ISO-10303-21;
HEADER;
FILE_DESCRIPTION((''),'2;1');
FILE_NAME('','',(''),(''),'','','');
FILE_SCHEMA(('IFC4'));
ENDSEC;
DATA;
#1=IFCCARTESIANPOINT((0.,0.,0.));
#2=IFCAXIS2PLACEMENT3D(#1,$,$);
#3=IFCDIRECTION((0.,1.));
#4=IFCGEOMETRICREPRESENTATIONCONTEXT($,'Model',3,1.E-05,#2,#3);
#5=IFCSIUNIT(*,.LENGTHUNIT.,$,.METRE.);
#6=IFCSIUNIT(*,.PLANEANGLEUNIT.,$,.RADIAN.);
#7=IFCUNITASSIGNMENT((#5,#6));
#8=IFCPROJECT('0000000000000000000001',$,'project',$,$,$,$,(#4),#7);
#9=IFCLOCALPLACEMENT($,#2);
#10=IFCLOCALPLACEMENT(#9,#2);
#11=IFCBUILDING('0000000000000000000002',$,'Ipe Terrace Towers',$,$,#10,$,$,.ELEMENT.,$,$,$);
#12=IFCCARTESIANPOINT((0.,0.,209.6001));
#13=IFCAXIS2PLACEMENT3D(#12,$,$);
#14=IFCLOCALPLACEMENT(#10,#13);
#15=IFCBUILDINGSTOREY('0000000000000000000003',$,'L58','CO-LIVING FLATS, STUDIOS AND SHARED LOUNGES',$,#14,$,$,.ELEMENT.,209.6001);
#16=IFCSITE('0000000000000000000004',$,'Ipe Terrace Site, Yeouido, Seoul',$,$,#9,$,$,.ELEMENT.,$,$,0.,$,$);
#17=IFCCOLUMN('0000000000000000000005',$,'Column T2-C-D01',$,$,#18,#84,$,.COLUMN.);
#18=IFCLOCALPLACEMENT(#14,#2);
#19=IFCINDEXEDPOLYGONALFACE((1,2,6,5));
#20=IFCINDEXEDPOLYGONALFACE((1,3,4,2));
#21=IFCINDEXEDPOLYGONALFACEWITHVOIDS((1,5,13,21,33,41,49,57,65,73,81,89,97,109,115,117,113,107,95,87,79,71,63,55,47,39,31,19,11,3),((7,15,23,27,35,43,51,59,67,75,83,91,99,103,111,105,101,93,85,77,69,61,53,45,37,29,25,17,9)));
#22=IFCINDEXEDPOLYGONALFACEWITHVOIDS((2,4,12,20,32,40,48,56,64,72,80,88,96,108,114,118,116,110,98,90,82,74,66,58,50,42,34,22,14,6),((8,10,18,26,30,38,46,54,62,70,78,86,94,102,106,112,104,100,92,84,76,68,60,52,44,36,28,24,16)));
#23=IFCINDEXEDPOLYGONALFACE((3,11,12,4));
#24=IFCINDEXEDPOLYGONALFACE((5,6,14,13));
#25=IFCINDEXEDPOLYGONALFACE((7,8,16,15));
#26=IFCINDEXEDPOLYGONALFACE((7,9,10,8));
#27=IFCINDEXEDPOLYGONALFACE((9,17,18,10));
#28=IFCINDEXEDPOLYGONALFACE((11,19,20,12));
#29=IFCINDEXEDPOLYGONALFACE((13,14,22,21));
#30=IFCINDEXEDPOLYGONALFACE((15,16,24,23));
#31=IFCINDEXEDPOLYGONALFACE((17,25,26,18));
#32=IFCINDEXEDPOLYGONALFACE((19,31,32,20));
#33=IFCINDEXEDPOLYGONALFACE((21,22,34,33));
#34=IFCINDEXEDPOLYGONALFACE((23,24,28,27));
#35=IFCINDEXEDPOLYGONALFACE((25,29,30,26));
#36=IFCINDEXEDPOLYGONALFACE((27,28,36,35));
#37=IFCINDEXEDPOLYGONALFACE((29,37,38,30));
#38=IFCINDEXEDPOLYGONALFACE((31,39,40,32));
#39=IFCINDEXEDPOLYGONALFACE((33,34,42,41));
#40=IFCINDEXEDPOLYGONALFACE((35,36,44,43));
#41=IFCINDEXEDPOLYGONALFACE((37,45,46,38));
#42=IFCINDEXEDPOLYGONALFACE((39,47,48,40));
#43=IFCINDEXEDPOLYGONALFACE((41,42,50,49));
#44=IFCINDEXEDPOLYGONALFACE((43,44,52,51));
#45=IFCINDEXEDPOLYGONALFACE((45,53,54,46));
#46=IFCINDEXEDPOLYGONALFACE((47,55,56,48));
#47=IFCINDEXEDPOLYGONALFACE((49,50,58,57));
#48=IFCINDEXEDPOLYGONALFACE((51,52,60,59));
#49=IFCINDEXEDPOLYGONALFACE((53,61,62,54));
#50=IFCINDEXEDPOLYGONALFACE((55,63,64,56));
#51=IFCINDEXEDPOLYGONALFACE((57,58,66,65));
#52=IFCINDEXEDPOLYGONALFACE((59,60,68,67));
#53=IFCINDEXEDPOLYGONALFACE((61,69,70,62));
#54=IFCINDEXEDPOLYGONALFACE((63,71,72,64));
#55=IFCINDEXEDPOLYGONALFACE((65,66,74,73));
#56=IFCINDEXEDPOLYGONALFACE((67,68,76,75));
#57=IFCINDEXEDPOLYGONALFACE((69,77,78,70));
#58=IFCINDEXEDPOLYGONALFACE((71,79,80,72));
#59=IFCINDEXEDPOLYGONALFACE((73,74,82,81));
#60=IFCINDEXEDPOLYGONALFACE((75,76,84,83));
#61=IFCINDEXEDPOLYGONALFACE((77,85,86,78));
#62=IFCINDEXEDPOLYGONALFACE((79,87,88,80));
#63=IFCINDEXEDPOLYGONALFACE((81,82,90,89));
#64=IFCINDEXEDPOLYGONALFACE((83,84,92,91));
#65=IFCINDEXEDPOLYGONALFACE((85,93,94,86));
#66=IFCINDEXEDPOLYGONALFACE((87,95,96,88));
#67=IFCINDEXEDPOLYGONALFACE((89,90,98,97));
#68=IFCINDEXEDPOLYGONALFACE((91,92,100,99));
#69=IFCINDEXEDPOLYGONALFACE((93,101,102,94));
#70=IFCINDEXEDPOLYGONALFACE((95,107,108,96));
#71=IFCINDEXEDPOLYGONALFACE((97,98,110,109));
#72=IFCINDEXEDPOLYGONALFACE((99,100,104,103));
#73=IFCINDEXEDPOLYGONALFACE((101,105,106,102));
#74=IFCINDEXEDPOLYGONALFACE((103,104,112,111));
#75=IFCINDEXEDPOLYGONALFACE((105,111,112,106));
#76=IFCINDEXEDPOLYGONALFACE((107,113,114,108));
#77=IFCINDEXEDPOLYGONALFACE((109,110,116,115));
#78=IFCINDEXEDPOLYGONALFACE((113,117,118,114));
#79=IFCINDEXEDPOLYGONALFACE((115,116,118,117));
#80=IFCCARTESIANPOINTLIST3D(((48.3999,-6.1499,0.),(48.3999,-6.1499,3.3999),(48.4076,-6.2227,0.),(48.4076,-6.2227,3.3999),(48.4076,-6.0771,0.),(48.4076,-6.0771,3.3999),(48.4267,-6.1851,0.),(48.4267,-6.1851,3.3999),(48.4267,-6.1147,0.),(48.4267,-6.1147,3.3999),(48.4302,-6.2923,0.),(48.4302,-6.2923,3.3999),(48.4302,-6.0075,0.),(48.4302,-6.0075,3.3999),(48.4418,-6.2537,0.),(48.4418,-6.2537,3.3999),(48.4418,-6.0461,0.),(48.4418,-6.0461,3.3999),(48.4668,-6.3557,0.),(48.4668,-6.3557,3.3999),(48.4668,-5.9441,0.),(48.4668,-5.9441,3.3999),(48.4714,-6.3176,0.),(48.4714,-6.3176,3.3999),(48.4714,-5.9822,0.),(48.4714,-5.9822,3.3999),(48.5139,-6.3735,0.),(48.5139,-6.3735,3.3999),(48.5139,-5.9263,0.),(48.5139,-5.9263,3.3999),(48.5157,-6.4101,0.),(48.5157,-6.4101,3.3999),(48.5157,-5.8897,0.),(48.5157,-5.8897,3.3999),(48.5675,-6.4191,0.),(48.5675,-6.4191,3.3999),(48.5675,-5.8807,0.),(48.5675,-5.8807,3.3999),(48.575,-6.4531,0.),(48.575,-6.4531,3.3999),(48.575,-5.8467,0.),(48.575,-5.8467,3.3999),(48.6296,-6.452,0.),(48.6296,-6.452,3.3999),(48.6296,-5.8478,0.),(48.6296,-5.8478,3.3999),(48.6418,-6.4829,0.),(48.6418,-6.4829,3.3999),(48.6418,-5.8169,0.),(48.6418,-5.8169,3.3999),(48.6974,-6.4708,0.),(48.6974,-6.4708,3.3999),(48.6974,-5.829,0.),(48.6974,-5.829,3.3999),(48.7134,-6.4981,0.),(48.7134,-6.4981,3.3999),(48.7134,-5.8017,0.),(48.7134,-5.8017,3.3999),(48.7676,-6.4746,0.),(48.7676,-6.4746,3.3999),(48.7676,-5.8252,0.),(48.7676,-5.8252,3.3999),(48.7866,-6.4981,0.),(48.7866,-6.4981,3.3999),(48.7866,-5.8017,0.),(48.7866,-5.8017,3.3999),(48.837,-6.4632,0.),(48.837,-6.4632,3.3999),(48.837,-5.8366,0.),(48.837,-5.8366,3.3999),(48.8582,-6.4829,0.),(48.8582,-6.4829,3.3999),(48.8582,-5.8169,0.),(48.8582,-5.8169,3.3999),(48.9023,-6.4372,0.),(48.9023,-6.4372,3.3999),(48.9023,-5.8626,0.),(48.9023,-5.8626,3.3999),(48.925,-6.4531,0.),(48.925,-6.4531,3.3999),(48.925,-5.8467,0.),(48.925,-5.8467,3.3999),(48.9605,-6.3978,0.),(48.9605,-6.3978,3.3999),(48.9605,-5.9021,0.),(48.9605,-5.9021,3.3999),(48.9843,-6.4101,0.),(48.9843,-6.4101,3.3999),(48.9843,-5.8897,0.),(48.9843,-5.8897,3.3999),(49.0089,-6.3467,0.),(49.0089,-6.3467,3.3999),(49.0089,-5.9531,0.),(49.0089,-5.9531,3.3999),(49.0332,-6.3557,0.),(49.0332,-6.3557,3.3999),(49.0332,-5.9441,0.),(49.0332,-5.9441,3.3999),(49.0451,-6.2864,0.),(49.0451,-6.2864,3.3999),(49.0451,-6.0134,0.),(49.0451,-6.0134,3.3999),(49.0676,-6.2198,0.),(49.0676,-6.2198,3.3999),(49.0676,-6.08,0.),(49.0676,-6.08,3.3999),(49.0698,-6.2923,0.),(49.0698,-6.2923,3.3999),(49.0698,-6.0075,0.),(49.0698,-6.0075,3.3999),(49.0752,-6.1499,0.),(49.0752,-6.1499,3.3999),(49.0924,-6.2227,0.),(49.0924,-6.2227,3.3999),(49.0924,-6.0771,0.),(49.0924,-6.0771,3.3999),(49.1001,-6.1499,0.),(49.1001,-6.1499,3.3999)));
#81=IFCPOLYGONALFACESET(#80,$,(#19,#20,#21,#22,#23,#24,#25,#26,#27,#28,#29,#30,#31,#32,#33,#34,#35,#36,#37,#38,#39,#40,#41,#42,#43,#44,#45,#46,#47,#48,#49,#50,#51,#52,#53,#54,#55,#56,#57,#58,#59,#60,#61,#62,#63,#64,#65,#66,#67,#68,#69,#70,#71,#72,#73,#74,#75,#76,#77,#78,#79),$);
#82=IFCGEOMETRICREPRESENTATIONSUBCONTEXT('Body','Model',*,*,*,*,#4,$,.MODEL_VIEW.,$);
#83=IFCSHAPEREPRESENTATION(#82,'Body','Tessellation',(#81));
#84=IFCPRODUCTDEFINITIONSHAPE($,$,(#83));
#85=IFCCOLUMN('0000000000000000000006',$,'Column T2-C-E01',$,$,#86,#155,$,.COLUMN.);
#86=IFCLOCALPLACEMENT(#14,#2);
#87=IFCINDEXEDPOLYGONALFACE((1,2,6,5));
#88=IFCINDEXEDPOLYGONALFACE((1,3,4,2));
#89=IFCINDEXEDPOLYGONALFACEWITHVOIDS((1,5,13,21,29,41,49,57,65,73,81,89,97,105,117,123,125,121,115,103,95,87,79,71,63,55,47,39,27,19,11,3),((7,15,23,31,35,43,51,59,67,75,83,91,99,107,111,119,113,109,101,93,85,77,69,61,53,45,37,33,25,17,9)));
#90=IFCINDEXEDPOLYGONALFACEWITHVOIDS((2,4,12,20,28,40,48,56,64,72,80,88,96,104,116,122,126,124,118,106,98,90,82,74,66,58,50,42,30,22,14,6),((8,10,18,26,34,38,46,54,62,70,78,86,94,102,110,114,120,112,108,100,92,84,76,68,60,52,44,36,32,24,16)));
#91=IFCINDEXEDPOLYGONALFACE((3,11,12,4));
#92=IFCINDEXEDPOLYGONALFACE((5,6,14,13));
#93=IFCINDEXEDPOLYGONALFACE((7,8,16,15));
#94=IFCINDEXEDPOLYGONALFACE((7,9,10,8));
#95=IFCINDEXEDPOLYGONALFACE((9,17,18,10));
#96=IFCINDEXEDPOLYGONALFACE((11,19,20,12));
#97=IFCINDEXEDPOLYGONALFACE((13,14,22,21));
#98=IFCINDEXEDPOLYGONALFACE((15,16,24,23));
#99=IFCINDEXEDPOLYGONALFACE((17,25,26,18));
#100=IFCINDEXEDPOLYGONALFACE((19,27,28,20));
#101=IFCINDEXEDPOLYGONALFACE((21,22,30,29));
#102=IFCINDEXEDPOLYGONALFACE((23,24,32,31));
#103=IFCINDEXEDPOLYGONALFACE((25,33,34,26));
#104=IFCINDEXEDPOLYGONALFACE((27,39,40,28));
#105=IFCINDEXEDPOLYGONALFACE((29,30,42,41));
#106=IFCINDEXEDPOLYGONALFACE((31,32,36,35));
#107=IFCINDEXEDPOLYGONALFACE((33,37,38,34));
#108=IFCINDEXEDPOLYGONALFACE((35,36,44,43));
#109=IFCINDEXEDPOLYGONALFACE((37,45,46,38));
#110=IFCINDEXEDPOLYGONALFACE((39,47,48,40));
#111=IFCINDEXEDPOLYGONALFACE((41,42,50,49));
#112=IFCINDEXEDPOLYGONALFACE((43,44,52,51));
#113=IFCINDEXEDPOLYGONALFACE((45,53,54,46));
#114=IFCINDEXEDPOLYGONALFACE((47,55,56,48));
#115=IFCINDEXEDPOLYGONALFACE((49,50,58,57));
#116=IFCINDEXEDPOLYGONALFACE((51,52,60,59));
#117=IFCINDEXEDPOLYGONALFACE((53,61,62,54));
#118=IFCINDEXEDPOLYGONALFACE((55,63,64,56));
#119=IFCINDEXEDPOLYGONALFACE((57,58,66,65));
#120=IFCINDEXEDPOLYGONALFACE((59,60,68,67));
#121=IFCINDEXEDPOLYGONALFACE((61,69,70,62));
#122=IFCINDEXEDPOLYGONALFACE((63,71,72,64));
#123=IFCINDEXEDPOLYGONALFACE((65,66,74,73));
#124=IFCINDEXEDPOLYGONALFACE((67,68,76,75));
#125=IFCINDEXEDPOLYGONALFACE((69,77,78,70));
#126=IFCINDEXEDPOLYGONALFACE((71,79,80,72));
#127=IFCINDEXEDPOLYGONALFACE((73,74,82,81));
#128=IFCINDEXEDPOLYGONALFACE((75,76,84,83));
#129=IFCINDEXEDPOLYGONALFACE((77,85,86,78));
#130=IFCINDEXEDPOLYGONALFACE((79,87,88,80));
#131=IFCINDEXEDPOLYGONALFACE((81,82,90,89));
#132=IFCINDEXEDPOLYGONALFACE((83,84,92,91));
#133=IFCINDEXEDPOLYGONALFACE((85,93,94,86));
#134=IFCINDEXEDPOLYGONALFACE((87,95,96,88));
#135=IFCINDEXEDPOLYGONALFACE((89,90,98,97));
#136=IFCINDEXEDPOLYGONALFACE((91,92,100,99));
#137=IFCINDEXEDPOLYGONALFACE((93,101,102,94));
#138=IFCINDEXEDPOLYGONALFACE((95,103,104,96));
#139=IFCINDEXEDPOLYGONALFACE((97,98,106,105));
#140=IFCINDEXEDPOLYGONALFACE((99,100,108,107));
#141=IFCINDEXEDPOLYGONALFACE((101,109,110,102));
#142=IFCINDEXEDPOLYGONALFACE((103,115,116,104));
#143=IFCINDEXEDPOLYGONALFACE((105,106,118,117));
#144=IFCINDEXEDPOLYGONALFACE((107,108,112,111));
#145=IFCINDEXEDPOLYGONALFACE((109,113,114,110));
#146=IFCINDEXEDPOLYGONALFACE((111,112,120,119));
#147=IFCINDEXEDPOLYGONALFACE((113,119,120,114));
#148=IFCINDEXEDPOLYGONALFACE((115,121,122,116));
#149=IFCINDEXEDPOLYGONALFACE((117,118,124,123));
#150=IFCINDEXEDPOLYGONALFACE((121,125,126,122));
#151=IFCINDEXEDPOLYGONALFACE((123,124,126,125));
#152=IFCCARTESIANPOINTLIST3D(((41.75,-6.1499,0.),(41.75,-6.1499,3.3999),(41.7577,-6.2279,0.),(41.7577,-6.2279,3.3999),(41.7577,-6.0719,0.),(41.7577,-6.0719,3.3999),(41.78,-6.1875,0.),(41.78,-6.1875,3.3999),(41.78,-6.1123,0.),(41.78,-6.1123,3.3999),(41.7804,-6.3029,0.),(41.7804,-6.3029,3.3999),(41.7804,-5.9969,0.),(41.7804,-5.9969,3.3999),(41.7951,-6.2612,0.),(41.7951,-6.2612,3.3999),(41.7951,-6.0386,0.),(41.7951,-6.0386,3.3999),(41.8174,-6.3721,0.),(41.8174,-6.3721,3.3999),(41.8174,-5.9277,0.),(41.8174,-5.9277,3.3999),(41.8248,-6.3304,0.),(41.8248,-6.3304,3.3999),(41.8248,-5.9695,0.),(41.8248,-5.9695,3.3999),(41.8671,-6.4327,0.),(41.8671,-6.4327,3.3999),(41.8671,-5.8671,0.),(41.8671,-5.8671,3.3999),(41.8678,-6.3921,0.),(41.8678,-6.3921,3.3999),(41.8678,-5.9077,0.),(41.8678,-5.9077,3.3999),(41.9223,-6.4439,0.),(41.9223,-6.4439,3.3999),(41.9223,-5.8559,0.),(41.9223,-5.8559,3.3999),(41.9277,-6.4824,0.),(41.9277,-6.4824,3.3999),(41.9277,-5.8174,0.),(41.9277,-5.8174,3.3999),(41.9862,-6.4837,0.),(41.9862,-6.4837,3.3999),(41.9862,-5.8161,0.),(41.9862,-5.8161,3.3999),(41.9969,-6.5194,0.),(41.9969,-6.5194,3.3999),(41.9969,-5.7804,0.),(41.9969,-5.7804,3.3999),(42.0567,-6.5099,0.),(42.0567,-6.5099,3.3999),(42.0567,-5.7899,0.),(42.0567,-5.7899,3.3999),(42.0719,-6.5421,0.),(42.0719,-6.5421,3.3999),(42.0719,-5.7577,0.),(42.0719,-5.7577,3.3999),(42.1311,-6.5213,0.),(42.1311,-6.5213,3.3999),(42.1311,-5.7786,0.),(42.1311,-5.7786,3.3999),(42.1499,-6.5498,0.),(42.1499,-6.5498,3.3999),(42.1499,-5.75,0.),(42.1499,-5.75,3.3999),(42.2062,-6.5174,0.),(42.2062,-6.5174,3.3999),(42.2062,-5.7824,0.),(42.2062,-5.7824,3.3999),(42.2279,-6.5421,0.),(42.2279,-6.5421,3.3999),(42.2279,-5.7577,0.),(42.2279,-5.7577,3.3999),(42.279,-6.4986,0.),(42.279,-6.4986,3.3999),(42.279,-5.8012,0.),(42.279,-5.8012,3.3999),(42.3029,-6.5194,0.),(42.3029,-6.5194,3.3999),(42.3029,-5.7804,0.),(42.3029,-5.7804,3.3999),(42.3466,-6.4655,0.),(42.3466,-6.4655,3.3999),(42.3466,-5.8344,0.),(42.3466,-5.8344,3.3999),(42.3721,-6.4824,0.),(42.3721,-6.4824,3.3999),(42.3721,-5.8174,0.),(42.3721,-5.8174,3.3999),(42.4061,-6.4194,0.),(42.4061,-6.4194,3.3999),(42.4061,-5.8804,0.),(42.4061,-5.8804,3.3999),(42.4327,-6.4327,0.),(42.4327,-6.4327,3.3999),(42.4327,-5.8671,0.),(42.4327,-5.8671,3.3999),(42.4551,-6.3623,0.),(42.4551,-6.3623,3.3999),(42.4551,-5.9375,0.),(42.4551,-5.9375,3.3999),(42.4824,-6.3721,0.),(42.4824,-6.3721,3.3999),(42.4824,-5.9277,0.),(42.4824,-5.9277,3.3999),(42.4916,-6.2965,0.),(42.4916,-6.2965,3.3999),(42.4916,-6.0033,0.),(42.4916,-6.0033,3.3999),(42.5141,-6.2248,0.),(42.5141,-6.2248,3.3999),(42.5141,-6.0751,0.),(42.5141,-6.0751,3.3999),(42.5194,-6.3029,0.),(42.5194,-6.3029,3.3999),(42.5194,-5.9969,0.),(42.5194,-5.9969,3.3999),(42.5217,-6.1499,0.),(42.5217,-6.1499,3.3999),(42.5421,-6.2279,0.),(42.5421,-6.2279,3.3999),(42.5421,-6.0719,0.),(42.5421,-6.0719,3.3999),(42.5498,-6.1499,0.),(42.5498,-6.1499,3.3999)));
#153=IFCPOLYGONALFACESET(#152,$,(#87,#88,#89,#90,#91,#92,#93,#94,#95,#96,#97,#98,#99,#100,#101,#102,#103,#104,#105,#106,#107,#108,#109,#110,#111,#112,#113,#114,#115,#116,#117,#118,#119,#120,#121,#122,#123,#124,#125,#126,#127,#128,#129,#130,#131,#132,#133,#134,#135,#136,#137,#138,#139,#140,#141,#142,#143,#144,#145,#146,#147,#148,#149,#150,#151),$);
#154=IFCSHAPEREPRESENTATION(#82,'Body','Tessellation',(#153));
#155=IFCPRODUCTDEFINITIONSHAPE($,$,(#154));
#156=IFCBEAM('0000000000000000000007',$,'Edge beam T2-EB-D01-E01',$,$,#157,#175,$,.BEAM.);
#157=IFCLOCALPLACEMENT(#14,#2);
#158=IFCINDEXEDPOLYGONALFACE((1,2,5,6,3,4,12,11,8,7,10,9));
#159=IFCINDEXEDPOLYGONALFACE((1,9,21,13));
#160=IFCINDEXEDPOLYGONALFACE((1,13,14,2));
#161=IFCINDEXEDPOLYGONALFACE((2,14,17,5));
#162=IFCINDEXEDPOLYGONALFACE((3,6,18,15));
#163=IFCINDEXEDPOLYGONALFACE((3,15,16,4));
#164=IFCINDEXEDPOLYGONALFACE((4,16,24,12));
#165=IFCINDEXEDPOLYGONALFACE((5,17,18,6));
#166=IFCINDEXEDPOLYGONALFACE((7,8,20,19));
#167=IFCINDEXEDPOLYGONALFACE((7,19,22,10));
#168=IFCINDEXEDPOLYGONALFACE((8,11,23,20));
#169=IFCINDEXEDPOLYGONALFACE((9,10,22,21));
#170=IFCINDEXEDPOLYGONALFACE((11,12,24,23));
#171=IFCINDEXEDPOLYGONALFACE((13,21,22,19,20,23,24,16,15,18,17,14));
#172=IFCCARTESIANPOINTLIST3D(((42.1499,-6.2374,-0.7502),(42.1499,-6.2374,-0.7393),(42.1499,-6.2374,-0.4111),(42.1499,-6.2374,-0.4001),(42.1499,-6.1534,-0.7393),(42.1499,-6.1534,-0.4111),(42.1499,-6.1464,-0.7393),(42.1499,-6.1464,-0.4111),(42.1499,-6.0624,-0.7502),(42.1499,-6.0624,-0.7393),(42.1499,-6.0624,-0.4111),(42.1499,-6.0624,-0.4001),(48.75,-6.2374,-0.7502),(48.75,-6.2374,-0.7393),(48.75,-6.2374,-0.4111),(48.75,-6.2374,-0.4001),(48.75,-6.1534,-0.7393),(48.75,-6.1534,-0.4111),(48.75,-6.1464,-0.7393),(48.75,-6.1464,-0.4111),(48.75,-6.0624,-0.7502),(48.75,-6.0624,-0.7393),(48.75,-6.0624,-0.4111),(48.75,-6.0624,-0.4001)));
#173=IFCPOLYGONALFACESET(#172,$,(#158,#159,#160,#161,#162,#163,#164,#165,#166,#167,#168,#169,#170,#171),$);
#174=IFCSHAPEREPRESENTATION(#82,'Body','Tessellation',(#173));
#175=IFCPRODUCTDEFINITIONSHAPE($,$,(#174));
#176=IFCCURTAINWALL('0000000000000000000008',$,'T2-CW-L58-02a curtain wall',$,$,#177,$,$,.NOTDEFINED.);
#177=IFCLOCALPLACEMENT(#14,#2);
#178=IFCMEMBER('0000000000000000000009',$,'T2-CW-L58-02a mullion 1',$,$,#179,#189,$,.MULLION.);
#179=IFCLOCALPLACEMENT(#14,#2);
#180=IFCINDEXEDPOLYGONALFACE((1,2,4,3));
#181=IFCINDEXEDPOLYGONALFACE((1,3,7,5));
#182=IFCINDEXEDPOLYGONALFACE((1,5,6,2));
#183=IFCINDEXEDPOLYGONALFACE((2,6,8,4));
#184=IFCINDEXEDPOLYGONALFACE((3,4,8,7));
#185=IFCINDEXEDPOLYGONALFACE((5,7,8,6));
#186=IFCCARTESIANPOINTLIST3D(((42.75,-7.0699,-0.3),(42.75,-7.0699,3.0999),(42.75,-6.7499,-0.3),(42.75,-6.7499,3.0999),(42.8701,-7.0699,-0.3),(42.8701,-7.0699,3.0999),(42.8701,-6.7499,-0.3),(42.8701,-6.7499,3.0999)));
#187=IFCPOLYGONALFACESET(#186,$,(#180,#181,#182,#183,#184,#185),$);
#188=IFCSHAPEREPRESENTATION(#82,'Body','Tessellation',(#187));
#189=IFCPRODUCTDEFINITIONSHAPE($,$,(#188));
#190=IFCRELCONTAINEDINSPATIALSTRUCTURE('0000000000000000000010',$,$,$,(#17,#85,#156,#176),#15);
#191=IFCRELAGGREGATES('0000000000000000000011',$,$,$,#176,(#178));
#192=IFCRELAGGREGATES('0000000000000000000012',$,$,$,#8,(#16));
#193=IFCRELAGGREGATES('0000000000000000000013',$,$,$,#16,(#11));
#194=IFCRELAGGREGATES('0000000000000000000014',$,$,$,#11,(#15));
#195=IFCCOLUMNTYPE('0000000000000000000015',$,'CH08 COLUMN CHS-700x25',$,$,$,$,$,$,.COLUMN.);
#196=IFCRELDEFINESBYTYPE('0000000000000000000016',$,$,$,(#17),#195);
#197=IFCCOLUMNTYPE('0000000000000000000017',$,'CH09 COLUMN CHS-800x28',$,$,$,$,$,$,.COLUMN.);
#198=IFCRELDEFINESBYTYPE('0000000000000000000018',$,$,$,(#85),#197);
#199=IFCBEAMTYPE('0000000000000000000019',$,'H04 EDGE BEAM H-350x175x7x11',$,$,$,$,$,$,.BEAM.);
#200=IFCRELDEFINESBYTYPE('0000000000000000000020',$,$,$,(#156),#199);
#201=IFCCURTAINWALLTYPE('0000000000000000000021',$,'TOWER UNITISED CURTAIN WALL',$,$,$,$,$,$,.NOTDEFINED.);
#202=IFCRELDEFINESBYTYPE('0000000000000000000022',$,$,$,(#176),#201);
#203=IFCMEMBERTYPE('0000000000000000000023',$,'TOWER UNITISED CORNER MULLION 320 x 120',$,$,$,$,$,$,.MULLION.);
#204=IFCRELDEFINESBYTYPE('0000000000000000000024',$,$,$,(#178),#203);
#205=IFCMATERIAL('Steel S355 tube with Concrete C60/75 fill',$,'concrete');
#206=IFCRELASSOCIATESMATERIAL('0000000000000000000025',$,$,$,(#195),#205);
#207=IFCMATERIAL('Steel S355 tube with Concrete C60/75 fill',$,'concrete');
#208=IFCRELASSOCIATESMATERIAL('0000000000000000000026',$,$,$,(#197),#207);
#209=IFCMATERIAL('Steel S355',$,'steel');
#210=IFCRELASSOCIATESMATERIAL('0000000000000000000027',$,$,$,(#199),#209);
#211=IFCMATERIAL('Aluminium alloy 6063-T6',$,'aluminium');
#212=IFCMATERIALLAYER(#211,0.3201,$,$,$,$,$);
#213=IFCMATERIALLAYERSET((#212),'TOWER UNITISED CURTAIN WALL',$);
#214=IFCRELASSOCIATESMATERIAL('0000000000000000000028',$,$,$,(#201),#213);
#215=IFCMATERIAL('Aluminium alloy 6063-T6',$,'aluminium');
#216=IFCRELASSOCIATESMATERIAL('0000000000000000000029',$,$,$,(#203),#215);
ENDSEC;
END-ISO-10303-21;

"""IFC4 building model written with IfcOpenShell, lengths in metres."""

from ifc_helpers import new_model, si_unit, direction, frame, origin, origin_2d, place, context, subcontext, project, spatial, rectangle, hollow_circle, i_section, extrude, material, layer, layer_set, material_profile, profile_set, type_object, element, aggregate, save


model = new_model("IFC4")

# Units and contexts
model_context = context("Model", 3, precision=1e-05, world=origin(), true_north=direction((0.0, 1.0)))
body_context = subcontext(model_context, "Body", "Model", "MODEL_VIEW")
ifc_project = project(units=[si_unit("LENGTHUNIT", "METRE"), si_unit("PLANEANGLEUNIT", "RADIAN")], contexts=[model_context])

# Site, building, storey
site_placement = place(None, origin())
site = spatial("IfcSite", under=ifc_project, at=site_placement, Name="Ipe Terrace Site, Yeouido, Seoul", CompositionType="ELEMENT", RefElevation=0.0)
building_placement = place(site_placement, origin())
building = spatial("IfcBuilding", under=site, at=building_placement, Name="Ipe Terrace Towers", CompositionType="ELEMENT")
storey_placement = place(building_placement, frame((0.0, 0.0, 209.6001)))
storey = spatial("IfcBuildingStorey", under=building, at=storey_placement, Name="L58", Description="CO-LIVING FLATS, STUDIOS AND SHARED LOUNGES", CompositionType="ELEMENT", Elevation=209.6001)

# Columns
ifc_material_1 = material(Name="Steel S355 tube with Concrete C60/75 fill", Category="concrete")
ifc_material_profile_1 = material_profile(ifc_material_1, hollow_circle(Radius=0.3501, WallThickness=0.0249, at=origin_2d()), Name="CHS-700x25")
ifc_profile_set_1 = profile_set([ifc_material_profile_1], Name="Steel S355 tube with Concrete C60/75 fill")
column_type_1 = type_object("IfcColumnType", Name="CH08 COLUMN CHS-700x25", PredefinedType="COLUMN", material=ifc_profile_set_1)
column_1_placement = place(storey_placement, frame((48.75, -6.1499, 0.0), z_axis=(0.0, 0.0, 1.0), x_axis=(1.0, 0.0, 0.0)))
element("IfcColumn", 1, at=column_1_placement, inside=storey, type_object=column_type_1, Name="Column T2-C-D01", PredefinedType="COLUMN", context=body_context, shape_type="SweptSolid", body=[
    extrude(hollow_circle(Radius=0.3501, WallThickness=0.0249, at=origin_2d()), origin(), (0.0, 0.0, 1.0), 3.3999),
])
ifc_material_2 = material(Name="Steel S355 tube with Concrete C60/75 fill", Category="concrete")
ifc_material_profile_2 = material_profile(ifc_material_2, hollow_circle(Radius=0.3999, WallThickness=0.0281, at=origin_2d()), Name="CHS-800x28")
ifc_profile_set_2 = profile_set([ifc_material_profile_2], Name="Steel S355 tube with Concrete C60/75 fill")
column_type_2 = type_object("IfcColumnType", Name="CH09 COLUMN CHS-800x28", PredefinedType="COLUMN", material=ifc_profile_set_2)
column_2_placement = place(storey_placement, frame((42.1499, -6.1499, 0.0), z_axis=(0.0, 0.0, 1.0), x_axis=(1.0, 0.0, 0.0)))
element("IfcColumn", 2, at=column_2_placement, inside=storey, type_object=column_type_2, Name="Column T2-C-E01", PredefinedType="COLUMN", context=body_context, shape_type="SweptSolid", body=[
    extrude(hollow_circle(Radius=0.3999, WallThickness=0.0281, at=origin_2d()), origin(), (0.0, 0.0, 1.0), 3.3999),
])

# Beam
ifc_material_3 = material(Name="Steel S355", Category="steel")
ifc_material_profile_3 = material_profile(ifc_material_3, i_section(OverallWidth=0.175, OverallDepth=0.3501, WebThickness=0.0071, FlangeThickness=0.011, at=origin_2d()), Name="H-350x175x7x11")
ifc_profile_set_3 = profile_set([ifc_material_profile_3], Name="Steel S355")
beam_type = type_object("IfcBeamType", Name="H04 EDGE BEAM H-350x175x7x11", PredefinedType="BEAM", material=ifc_profile_set_3)
beam_placement = place(storey_placement, frame((48.75, -6.1499, -0.5752), z_axis=(-1.0, 0.0, 0.0), x_axis=(0.0, -1.0, 0.0)))
element("IfcBeam", 3, at=beam_placement, inside=storey, type_object=beam_type, Name="Edge beam T2-EB-D01-E01", PredefinedType="BEAM", context=body_context, shape_type="SweptSolid", body=[
    extrude(i_section(OverallWidth=0.175, OverallDepth=0.3501, WebThickness=0.0071, FlangeThickness=0.011, at=origin_2d()), origin(), (0.0, 0.0, 1.0), 6.6001),
])

# Curtain wall, member
ifc_material_4 = material(Name="Aluminium alloy 6063-T6", Category="aluminium")
ifc_layer_1 = layer(ifc_material_4, 0.3201)
ifc_layer_set_1 = layer_set([ifc_layer_1], Name="TOWER UNITISED CURTAIN WALL")
curtain_wall_type = type_object("IfcCurtainWallType", Name="TOWER UNITISED CURTAIN WALL", PredefinedType="NOTDEFINED", material=ifc_layer_set_1)
curtain_wall_1_placement = place(storey_placement, origin())
curtain_wall_1 = element("IfcCurtainWall", 4, at=curtain_wall_1_placement, inside=storey, type_object=curtain_wall_type, Name="T2-CW-L58-02a curtain wall", PredefinedType="NOTDEFINED")
ifc_material_5 = material(Name="Aluminium alloy 6063-T6", Category="aluminium")
ifc_material_profile_4 = material_profile(ifc_material_5, rectangle(XDim=0.3201, YDim=0.1201, at=origin_2d()), Name="TOWER UNITISED CORNER MULLION 320 x 120")
ifc_profile_set_4 = profile_set([ifc_material_profile_4], Name="Aluminium alloy 6063-T6")
member_type = type_object("IfcMemberType", Name="TOWER UNITISED CORNER MULLION 320 x 120", PredefinedType="MULLION", material=ifc_profile_set_4)
member_1_placement = place(storey_placement, frame((42.8101, -6.9099, -0.3), z_axis=(0.0, 0.0, 1.0), x_axis=(0.0, -1.0, 0.0)))
member_1 = element("IfcMember", 5, at=member_1_placement, type_object=member_type, Name="T2-CW-L58-02a mullion 1", PredefinedType="MULLION", context=body_context, shape_type="SweptSolid", body=[
    extrude(rectangle(XDim=0.3201, YDim=0.1201, at=origin_2d()), origin(), (0.0, 0.0, 1.0), 3.3999),
])

aggregate(curtain_wall_1, [member_1])

save(model, "model.ifc")
